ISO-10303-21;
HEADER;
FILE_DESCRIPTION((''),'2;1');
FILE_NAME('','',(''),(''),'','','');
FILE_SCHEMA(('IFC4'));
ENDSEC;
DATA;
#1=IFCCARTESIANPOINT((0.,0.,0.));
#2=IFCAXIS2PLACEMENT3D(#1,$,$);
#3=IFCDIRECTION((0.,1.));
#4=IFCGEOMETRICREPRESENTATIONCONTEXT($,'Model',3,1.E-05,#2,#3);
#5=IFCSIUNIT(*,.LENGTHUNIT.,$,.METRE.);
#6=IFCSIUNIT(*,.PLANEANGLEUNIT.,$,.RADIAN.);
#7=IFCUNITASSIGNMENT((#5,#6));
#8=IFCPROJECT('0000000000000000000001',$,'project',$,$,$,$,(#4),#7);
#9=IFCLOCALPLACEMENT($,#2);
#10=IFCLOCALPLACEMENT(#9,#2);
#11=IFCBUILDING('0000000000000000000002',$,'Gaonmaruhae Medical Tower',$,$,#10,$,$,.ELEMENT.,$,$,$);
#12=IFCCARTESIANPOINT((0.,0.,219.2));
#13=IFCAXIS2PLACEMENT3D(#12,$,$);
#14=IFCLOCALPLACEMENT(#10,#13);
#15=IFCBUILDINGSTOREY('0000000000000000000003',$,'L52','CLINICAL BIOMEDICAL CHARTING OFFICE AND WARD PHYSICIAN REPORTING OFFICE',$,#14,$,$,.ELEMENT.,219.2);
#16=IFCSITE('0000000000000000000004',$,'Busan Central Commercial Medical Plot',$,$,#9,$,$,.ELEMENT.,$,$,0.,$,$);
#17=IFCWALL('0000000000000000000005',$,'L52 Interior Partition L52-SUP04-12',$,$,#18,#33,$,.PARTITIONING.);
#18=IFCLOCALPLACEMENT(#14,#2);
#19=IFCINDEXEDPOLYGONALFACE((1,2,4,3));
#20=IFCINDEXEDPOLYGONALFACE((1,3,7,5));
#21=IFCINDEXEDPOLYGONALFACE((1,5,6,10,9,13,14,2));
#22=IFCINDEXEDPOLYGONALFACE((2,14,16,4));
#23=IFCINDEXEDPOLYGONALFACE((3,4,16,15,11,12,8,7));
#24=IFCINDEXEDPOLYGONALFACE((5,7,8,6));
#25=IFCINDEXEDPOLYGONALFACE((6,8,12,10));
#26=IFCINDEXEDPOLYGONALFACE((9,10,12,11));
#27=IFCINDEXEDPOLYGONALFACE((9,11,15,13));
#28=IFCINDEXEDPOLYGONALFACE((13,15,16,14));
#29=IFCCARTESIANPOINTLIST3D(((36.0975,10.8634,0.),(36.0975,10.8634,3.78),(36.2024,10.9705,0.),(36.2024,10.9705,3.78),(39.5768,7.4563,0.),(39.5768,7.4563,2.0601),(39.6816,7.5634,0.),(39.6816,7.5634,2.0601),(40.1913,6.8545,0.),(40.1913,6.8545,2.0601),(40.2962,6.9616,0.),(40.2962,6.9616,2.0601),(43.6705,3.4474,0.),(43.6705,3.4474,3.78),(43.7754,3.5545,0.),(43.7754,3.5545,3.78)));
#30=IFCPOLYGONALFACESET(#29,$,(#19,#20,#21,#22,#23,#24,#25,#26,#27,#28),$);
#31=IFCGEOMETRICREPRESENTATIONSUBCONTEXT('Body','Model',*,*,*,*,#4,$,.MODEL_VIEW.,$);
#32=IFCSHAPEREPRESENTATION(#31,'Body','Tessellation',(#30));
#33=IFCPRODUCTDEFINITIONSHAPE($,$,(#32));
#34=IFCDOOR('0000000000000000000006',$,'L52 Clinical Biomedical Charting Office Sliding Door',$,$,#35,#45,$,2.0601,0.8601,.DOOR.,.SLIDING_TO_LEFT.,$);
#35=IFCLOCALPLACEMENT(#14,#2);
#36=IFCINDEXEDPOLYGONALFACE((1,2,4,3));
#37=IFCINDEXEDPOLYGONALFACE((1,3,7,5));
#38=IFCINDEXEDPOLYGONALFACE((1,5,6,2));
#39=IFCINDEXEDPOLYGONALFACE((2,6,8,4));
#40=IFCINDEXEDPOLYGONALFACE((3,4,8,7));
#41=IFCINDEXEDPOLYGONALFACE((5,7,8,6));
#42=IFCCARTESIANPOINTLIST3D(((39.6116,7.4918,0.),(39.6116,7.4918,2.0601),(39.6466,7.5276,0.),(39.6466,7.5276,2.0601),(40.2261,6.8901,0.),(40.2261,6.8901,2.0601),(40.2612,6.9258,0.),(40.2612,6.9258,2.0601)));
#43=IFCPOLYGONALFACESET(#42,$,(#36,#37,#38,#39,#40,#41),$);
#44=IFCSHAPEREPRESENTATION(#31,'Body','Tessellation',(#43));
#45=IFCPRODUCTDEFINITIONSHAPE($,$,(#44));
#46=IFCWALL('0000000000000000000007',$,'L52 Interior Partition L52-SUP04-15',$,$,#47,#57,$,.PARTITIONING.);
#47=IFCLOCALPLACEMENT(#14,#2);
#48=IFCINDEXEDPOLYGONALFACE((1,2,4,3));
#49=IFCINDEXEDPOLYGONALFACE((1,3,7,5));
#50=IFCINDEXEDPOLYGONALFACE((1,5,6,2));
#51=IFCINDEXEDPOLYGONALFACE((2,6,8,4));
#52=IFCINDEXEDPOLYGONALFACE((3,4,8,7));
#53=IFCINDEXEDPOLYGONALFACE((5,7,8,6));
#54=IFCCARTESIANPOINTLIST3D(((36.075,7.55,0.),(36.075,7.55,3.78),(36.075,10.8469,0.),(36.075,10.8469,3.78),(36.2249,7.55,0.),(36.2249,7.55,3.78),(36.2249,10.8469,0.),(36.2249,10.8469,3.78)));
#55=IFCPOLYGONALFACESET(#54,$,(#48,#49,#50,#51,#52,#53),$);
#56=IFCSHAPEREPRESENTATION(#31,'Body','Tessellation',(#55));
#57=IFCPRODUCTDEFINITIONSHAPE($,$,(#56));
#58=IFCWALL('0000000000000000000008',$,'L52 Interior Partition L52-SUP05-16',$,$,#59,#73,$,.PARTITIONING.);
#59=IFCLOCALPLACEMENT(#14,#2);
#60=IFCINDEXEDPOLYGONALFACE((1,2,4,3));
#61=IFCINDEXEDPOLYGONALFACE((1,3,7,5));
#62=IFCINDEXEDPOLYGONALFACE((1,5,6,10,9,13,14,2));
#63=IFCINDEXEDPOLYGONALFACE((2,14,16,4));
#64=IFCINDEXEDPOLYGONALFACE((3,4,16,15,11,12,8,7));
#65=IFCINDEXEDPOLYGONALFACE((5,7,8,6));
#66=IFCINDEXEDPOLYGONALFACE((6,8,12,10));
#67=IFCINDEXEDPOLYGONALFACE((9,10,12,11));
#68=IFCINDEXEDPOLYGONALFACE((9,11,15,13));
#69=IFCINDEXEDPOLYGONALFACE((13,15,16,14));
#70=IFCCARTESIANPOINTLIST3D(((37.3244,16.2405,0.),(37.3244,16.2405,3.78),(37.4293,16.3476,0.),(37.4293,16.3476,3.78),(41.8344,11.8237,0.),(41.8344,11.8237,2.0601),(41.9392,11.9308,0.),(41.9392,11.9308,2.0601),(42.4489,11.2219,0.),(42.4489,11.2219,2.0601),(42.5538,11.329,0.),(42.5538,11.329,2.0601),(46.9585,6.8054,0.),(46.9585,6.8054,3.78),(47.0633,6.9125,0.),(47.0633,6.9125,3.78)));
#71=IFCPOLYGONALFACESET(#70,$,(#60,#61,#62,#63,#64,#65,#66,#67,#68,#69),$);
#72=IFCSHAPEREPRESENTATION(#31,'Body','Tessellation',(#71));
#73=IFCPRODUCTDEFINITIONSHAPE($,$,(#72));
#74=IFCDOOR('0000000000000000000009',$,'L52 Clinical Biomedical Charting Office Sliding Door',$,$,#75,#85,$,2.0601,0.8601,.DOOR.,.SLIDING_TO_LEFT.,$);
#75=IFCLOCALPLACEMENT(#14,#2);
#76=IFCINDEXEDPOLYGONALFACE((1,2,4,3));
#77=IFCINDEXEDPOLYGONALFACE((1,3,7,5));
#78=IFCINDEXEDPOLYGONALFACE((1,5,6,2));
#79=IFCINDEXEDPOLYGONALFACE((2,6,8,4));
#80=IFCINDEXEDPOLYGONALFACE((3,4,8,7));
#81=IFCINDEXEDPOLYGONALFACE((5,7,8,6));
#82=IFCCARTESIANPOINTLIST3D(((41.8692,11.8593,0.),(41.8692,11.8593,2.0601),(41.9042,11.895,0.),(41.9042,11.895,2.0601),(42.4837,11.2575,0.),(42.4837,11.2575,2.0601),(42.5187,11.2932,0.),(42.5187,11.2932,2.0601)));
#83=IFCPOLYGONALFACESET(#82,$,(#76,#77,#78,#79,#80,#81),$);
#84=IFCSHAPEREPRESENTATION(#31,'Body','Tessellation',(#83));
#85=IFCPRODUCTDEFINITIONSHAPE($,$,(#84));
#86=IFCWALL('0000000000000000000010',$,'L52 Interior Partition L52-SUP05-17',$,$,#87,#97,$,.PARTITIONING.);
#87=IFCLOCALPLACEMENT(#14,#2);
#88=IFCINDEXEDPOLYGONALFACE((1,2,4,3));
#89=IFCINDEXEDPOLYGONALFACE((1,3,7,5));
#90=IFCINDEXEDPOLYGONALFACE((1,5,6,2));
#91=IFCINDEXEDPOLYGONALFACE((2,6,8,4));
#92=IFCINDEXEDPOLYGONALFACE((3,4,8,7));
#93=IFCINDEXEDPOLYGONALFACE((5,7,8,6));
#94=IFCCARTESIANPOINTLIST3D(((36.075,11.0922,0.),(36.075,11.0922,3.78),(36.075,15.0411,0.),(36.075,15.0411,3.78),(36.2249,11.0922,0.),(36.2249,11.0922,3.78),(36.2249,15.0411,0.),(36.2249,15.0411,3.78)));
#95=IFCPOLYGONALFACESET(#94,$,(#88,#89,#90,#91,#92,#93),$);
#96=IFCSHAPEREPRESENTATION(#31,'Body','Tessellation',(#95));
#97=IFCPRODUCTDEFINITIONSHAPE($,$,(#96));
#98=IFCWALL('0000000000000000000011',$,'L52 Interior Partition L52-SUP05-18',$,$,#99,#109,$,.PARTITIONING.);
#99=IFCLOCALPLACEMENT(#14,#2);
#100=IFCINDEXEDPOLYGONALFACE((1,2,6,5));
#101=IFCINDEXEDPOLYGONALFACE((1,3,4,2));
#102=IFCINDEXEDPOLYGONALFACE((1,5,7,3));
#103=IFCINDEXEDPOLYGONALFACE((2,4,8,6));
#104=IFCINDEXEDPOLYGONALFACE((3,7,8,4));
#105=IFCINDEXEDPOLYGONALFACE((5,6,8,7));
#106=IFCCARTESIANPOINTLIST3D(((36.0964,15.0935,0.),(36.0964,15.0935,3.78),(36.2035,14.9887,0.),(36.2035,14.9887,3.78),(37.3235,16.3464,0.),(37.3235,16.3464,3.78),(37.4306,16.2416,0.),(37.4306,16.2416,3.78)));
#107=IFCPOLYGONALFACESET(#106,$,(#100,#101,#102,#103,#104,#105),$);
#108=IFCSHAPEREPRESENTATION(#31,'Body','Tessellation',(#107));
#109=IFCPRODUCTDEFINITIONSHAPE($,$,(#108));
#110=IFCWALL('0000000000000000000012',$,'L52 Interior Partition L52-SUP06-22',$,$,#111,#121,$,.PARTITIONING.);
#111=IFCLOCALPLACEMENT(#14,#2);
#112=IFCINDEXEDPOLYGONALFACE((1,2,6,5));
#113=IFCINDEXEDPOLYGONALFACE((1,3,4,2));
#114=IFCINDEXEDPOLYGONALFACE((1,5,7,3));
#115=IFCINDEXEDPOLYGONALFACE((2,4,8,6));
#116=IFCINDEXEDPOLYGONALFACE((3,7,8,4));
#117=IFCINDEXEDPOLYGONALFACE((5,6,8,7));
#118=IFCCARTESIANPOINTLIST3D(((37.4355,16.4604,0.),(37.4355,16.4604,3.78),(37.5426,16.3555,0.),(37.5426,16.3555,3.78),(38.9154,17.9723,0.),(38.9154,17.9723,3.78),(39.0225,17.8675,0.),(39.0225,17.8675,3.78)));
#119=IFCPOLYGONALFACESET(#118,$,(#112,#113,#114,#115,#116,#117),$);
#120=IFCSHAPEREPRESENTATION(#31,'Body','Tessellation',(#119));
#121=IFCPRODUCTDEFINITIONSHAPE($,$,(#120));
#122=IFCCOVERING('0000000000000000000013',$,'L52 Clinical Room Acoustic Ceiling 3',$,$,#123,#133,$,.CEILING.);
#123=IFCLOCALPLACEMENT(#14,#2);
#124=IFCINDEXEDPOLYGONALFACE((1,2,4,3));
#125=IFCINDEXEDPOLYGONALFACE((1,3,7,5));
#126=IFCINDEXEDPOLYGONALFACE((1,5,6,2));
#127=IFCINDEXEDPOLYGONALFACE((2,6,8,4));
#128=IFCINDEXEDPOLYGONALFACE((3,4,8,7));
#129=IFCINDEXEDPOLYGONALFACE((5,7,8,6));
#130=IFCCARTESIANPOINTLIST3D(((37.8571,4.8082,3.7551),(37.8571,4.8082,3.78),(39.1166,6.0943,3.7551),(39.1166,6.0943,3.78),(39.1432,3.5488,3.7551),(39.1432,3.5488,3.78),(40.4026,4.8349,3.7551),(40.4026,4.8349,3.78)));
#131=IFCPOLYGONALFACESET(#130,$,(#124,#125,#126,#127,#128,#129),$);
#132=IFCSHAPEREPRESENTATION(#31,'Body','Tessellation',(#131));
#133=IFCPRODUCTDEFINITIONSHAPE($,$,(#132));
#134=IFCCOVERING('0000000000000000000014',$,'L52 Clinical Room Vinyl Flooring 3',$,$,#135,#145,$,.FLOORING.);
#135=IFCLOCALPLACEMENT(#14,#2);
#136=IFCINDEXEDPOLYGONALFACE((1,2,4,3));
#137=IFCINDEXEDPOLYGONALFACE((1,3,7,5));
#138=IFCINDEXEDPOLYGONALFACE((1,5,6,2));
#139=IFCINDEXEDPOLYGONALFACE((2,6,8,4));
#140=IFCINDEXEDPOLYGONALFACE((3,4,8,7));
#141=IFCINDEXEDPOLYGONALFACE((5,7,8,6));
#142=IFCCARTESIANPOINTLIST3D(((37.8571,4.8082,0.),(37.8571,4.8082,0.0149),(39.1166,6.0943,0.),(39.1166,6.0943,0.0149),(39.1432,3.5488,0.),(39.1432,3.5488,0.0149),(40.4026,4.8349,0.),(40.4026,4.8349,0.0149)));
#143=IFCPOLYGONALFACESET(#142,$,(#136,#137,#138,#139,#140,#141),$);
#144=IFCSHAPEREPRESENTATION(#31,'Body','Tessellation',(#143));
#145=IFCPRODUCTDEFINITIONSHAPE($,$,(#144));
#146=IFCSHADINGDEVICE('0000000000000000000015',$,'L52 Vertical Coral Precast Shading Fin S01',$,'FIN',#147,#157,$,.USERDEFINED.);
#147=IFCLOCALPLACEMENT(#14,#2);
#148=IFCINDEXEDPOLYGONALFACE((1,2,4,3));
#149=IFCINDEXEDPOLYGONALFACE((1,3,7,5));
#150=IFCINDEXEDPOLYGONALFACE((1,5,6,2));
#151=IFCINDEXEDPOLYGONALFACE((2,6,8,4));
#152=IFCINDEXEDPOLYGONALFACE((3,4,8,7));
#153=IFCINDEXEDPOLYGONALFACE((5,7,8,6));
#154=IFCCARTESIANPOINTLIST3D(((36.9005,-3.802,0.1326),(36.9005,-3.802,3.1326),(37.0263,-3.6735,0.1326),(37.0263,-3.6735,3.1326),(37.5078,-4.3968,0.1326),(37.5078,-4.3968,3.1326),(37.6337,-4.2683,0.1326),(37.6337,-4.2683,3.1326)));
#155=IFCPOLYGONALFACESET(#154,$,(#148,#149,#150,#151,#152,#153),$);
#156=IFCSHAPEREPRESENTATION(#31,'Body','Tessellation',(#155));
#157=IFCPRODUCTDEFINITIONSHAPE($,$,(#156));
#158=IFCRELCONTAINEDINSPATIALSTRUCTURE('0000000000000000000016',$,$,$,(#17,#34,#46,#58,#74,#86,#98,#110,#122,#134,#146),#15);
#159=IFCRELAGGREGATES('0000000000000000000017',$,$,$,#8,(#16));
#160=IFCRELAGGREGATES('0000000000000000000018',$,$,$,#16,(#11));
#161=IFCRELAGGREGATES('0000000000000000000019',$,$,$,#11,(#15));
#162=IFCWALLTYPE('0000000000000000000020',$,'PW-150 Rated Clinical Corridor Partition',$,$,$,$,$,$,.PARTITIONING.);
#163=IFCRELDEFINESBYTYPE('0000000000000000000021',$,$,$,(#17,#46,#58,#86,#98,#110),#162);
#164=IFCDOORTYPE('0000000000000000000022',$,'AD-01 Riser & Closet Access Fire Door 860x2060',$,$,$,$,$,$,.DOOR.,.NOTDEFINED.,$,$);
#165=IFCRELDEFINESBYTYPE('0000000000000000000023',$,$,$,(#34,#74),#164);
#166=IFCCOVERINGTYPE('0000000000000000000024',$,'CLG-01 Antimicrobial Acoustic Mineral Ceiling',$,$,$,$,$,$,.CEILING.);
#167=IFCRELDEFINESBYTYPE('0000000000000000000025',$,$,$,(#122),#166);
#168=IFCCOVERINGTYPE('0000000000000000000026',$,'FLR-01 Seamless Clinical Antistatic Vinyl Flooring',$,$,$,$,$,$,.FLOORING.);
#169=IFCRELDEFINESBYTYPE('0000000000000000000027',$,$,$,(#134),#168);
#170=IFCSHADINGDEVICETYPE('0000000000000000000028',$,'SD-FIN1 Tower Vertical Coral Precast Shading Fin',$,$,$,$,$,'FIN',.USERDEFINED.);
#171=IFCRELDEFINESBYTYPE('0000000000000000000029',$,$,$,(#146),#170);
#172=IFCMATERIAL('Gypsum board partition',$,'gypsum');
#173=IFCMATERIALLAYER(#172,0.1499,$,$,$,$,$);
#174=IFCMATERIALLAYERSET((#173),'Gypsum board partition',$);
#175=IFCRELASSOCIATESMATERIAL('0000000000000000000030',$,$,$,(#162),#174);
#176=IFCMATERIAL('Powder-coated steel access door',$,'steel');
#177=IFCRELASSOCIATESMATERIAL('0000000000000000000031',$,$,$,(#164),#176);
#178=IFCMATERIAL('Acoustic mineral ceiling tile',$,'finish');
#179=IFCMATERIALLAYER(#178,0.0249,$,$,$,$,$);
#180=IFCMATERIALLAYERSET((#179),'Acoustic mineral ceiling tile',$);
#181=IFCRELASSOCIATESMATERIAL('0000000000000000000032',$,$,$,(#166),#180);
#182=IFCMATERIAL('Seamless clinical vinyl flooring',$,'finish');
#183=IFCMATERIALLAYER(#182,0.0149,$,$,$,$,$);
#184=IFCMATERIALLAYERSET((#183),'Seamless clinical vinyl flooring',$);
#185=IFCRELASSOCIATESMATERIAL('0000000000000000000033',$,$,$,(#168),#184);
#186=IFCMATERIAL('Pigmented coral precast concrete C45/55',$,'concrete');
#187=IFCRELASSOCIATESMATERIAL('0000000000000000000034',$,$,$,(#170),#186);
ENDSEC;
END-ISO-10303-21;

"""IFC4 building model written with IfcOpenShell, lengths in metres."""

from ifc_helpers import new_model, si_unit, direction, frame, frame_2d, origin, origin_2d, place, context, subcontext, project, spatial, rectangle, extrude, material, layer, layer_set, type_object, element, fill, save


model = new_model("IFC4")

# Units and contexts
model_context = context("Model", 3, precision=1e-05, world=origin(), true_north=direction((0.0, 1.0)))
body_context = subcontext(model_context, "Body", "Model", "MODEL_VIEW")
ifc_project = project(units=[si_unit("LENGTHUNIT", "METRE"), si_unit("PLANEANGLEUNIT", "RADIAN")], contexts=[model_context])

# Site, building, storey
site_placement = place(None, origin())
site = spatial("IfcSite", under=ifc_project, at=site_placement, Name="Busan Central Commercial Medical Plot", CompositionType="ELEMENT", RefElevation=0.0)
building_placement = place(site_placement, origin())
building = spatial("IfcBuilding", under=site, at=building_placement, Name="Gaonmaruhae Medical Tower", CompositionType="ELEMENT")
storey_placement = place(building_placement, frame((0.0, 0.0, 219.2)))
storey = spatial("IfcBuildingStorey", under=building, at=storey_placement, Name="L52", Description="CLINICAL BIOMEDICAL CHARTING OFFICE AND WARD PHYSICIAN REPORTING OFFICE", CompositionType="ELEMENT", Elevation=219.2)

# Shared definitions
ifc_material_1 = material(Name="Gypsum board partition", Category="gypsum")
ifc_layer_1 = layer(ifc_material_1, 0.1499)
ifc_layer_set_1 = layer_set([ifc_layer_1], Name="Gypsum board partition")
wall_type_1 = type_object("IfcWallType", Name="PW-150 Rated Clinical Corridor Partition", PredefinedType="PARTITIONING", material=ifc_layer_set_1)

# Wall, opening, door
wall_1_placement = place(storey_placement, frame((36.1499, 10.917, 0.0), z_axis=(0.0, 0.0, 1.0), x_axis=(0.714473, -0.699663, 0.0)))
wall_1 = element("IfcWall", 1, at=wall_1_placement, inside=storey, type_object=wall_type_1, Name="L52 Interior Partition L52-SUP04-12", PredefinedType="PARTITIONING", context=body_context, shape_type="SweptSolid", body=[
    extrude(rectangle(XDim=10.5994, YDim=0.1499, at=frame_2d((5.2998, 0.0))), origin(), (0.0, 0.0, 1.0), 3.78),
])
opening_1_placement = place(wall_1_placement, frame((4.8696, 0.0, 0.0)))
opening_1 = element("IfcOpeningElement", 2, at=opening_1_placement, cuts=wall_1, PredefinedType="OPENING", context=body_context, shape_type="SweptSolid", body=[
    extrude(rectangle(XDim=0.8601, YDim=2.0601, at=frame_2d((0.4302, 1.03))), frame((0.0, 0.085, 0.0), z_axis=(0.0, -1.0, 0.0), x_axis=(1.0, 0.0, 0.0)), (0.0, 0.0, 1.0), 0.1699),
])
ifc_material_2 = material(Name="Powder-coated steel access door", Category="steel")
door_type = type_object("IfcDoorType", Name="AD-01 Riser & Closet Access Fire Door 860x2060", OperationType="NOTDEFINED", PredefinedType="DOOR", material=ifc_material_2)
door_1_placement = place(opening_1_placement, origin())
door_1 = element("IfcDoor", 3, at=door_1_placement, inside=storey, type_object=door_type, Name="L52 Clinical Biomedical Charting Office Sliding Door", OperationType="SLIDING_TO_LEFT", OverallHeight=2.0601, OverallWidth=0.8601, PredefinedType="DOOR", context=body_context, shape_type="SweptSolid", body=[
    extrude(rectangle(XDim=0.8601, YDim=2.0601, at=frame_2d((0.4302, 1.03))), frame((0.0, 0.0249, 0.0), z_axis=(0.0, -1.0, 0.0), x_axis=(1.0, 0.0, 0.0)), (0.0, 0.0, 1.0), 0.05),
])
fill(opening_1, door_1)

# Wall
wall_2_placement = place(storey_placement, frame((36.1499, 7.55, 0.0), z_axis=(0.0, 0.0, 1.0), x_axis=(0.0, 1.0, 0.0)))
element("IfcWall", 4, at=wall_2_placement, inside=storey, type_object=wall_type_1, Name="L52 Interior Partition L52-SUP04-15", PredefinedType="PARTITIONING", context=body_context, shape_type="SweptSolid", body=[
    extrude(rectangle(XDim=3.2969, YDim=0.1499, at=frame_2d((1.6484, 0.0))), origin(), (0.0, 0.0, 1.0), 3.78),
])

# Wall, opening, door
wall_3_placement = place(storey_placement, frame((37.377, 16.2939, 0.0), z_axis=(0.0, 0.0, 1.0), x_axis=(0.714446, -0.69969, 0.0)))
wall_3 = element("IfcWall", 5, at=wall_3_placement, inside=storey, type_object=wall_type_1, Name="L52 Interior Partition L52-SUP05-16", PredefinedType="PARTITIONING", context=body_context, shape_type="SweptSolid", body=[
    extrude(rectangle(XDim=13.4846, YDim=0.1499, at=frame_2d((6.7422, 0.0))), origin(), (0.0, 0.0, 1.0), 3.78),
])
opening_2_placement = place(wall_3_placement, frame((6.3123, 0.0, 0.0)))
opening_2 = element("IfcOpeningElement", 6, at=opening_2_placement, cuts=wall_3, PredefinedType="OPENING", context=body_context, shape_type="SweptSolid", body=[
    extrude(rectangle(XDim=0.8601, YDim=2.0601, at=frame_2d((0.4302, 1.03))), frame((0.0, 0.085, 0.0), z_axis=(0.0, -1.0, 0.0), x_axis=(1.0, 0.0, 0.0)), (0.0, 0.0, 1.0), 0.1699),
])
door_2_placement = place(opening_2_placement, origin())
door_2 = element("IfcDoor", 7, at=door_2_placement, inside=storey, type_object=door_type, Name="L52 Clinical Biomedical Charting Office Sliding Door", OperationType="SLIDING_TO_LEFT", OverallHeight=2.0601, OverallWidth=0.8601, PredefinedType="DOOR", context=body_context, shape_type="SweptSolid", body=[
    extrude(rectangle(XDim=0.8601, YDim=2.0601, at=frame_2d((0.4302, 1.03))), frame((0.0, 0.0249, 0.0), z_axis=(0.0, -1.0, 0.0), x_axis=(1.0, 0.0, 0.0)), (0.0, 0.0, 1.0), 0.05),
])
fill(opening_2, door_2)

# Walls
wall_4_placement = place(storey_placement, frame((36.1499, 11.092, 0.0), z_axis=(0.0, 0.0, 1.0), x_axis=(0.0, 1.0, 0.0)))
element("IfcWall", 8, at=wall_4_placement, inside=storey, type_object=wall_type_1, Name="L52 Interior Partition L52-SUP05-17", PredefinedType="PARTITIONING", context=body_context, shape_type="SweptSolid", body=[
    extrude(rectangle(XDim=3.949, YDim=0.1499, at=frame_2d((1.9746, 0.0))), origin(), (0.0, 0.0, 1.0), 3.78),
])
wall_5_placement = place(storey_placement, frame((36.1499, 15.041, 0.0), z_axis=(0.0, 0.0, 1.0), x_axis=(0.69969, 0.714447, 0.0)))
element("IfcWall", 9, at=wall_5_placement, inside=storey, type_object=wall_type_1, Name="L52 Interior Partition L52-SUP05-18", PredefinedType="PARTITIONING", context=body_context, shape_type="SweptSolid", body=[
    extrude(rectangle(XDim=1.7537, YDim=0.1499, at=frame_2d((0.877, 0.0))), origin(), (0.0, 0.0, 1.0), 3.78),
])
wall_6_placement = place(storey_placement, frame((37.489, 16.408, 0.0), z_axis=(0.0, 0.0, 1.0), x_axis=(0.699508, 0.714625, 0.0)))
element("IfcWall", 10, at=wall_6_placement, inside=storey, type_object=wall_type_1, Name="L52 Interior Partition L52-SUP06-22", PredefinedType="PARTITIONING", context=body_context, shape_type="SweptSolid", body=[
    extrude(rectangle(XDim=2.1157, YDim=0.1499, at=frame_2d((1.0579, 0.0))), origin(), (0.0, 0.0, 1.0), 3.78),
])

# Coverings
ifc_material_3 = material(Name="Acoustic mineral ceiling tile", Category="finish")
ifc_layer_2 = layer(ifc_material_3, 0.0249)
ifc_layer_set_2 = layer_set([ifc_layer_2], Name="Acoustic mineral ceiling tile")
covering_type_1 = type_object("IfcCoveringType", Name="CLG-01 Antimicrobial Acoustic Mineral Ceiling", PredefinedType="CEILING", material=ifc_layer_set_2)
covering_1_placement = place(storey_placement, frame((39.1299, 4.8215, 3.7551), z_axis=(0.0, 0.0, 1.0), x_axis=(0.699663, 0.714473, 0.0)))
element("IfcCovering", 11, at=covering_1_placement, inside=storey, type_object=covering_type_1, Name="L52 Clinical Room Acoustic Ceiling 3", PredefinedType="CEILING", context=body_context, shape_type="SweptSolid", body=[
    extrude(rectangle(XDim=1.8, YDim=1.8, at=origin_2d()), origin(), (0.0, 0.0, 1.0), 0.0249),
])
ifc_material_4 = material(Name="Seamless clinical vinyl flooring", Category="finish")
ifc_layer_3 = layer(ifc_material_4, 0.0149)
ifc_layer_set_3 = layer_set([ifc_layer_3], Name="Seamless clinical vinyl flooring")
covering_type_2 = type_object("IfcCoveringType", Name="FLR-01 Seamless Clinical Antistatic Vinyl Flooring", PredefinedType="FLOORING", material=ifc_layer_set_3)
covering_2_placement = place(storey_placement, frame((39.1299, 4.8215, 0.0), z_axis=(0.0, 0.0, 1.0), x_axis=(0.699663, 0.714473, 0.0)))
element("IfcCovering", 12, at=covering_2_placement, inside=storey, type_object=covering_type_2, Name="L52 Clinical Room Vinyl Flooring 3", PredefinedType="FLOORING", context=body_context, shape_type="SweptSolid", body=[
    extrude(rectangle(XDim=1.8, YDim=1.8, at=origin_2d()), origin(), (0.0, 0.0, 1.0), 0.0149),
])

# Shading device
ifc_material_5 = material(Name="Pigmented coral precast concrete C45/55", Category="concrete")
shading_device_type = type_object("IfcShadingDeviceType", Name="SD-FIN1 Tower Vertical Coral Precast Shading Fin", ElementType="FIN", PredefinedType="USERDEFINED", material=ifc_material_5)
shading_device_placement = place(storey_placement, frame((37.2671, -4.0352, 0.1326), z_axis=(0.0, 0.0, 1.0), x_axis=(-0.699663, -0.714473, 0.0)))
element("IfcShadingDevice", 13, at=shading_device_placement, inside=storey, type_object=shading_device_type, Name="L52 Vertical Coral Precast Shading Fin S01", ObjectType="FIN", PredefinedType="USERDEFINED", context=body_context, shape_type="SweptSolid", body=[
    extrude(rectangle(XDim=0.1799, YDim=0.8501, at=origin_2d()), origin(), (0.0, 0.0, 1.0), 3.0),
])

save(model, "model.ifc")
